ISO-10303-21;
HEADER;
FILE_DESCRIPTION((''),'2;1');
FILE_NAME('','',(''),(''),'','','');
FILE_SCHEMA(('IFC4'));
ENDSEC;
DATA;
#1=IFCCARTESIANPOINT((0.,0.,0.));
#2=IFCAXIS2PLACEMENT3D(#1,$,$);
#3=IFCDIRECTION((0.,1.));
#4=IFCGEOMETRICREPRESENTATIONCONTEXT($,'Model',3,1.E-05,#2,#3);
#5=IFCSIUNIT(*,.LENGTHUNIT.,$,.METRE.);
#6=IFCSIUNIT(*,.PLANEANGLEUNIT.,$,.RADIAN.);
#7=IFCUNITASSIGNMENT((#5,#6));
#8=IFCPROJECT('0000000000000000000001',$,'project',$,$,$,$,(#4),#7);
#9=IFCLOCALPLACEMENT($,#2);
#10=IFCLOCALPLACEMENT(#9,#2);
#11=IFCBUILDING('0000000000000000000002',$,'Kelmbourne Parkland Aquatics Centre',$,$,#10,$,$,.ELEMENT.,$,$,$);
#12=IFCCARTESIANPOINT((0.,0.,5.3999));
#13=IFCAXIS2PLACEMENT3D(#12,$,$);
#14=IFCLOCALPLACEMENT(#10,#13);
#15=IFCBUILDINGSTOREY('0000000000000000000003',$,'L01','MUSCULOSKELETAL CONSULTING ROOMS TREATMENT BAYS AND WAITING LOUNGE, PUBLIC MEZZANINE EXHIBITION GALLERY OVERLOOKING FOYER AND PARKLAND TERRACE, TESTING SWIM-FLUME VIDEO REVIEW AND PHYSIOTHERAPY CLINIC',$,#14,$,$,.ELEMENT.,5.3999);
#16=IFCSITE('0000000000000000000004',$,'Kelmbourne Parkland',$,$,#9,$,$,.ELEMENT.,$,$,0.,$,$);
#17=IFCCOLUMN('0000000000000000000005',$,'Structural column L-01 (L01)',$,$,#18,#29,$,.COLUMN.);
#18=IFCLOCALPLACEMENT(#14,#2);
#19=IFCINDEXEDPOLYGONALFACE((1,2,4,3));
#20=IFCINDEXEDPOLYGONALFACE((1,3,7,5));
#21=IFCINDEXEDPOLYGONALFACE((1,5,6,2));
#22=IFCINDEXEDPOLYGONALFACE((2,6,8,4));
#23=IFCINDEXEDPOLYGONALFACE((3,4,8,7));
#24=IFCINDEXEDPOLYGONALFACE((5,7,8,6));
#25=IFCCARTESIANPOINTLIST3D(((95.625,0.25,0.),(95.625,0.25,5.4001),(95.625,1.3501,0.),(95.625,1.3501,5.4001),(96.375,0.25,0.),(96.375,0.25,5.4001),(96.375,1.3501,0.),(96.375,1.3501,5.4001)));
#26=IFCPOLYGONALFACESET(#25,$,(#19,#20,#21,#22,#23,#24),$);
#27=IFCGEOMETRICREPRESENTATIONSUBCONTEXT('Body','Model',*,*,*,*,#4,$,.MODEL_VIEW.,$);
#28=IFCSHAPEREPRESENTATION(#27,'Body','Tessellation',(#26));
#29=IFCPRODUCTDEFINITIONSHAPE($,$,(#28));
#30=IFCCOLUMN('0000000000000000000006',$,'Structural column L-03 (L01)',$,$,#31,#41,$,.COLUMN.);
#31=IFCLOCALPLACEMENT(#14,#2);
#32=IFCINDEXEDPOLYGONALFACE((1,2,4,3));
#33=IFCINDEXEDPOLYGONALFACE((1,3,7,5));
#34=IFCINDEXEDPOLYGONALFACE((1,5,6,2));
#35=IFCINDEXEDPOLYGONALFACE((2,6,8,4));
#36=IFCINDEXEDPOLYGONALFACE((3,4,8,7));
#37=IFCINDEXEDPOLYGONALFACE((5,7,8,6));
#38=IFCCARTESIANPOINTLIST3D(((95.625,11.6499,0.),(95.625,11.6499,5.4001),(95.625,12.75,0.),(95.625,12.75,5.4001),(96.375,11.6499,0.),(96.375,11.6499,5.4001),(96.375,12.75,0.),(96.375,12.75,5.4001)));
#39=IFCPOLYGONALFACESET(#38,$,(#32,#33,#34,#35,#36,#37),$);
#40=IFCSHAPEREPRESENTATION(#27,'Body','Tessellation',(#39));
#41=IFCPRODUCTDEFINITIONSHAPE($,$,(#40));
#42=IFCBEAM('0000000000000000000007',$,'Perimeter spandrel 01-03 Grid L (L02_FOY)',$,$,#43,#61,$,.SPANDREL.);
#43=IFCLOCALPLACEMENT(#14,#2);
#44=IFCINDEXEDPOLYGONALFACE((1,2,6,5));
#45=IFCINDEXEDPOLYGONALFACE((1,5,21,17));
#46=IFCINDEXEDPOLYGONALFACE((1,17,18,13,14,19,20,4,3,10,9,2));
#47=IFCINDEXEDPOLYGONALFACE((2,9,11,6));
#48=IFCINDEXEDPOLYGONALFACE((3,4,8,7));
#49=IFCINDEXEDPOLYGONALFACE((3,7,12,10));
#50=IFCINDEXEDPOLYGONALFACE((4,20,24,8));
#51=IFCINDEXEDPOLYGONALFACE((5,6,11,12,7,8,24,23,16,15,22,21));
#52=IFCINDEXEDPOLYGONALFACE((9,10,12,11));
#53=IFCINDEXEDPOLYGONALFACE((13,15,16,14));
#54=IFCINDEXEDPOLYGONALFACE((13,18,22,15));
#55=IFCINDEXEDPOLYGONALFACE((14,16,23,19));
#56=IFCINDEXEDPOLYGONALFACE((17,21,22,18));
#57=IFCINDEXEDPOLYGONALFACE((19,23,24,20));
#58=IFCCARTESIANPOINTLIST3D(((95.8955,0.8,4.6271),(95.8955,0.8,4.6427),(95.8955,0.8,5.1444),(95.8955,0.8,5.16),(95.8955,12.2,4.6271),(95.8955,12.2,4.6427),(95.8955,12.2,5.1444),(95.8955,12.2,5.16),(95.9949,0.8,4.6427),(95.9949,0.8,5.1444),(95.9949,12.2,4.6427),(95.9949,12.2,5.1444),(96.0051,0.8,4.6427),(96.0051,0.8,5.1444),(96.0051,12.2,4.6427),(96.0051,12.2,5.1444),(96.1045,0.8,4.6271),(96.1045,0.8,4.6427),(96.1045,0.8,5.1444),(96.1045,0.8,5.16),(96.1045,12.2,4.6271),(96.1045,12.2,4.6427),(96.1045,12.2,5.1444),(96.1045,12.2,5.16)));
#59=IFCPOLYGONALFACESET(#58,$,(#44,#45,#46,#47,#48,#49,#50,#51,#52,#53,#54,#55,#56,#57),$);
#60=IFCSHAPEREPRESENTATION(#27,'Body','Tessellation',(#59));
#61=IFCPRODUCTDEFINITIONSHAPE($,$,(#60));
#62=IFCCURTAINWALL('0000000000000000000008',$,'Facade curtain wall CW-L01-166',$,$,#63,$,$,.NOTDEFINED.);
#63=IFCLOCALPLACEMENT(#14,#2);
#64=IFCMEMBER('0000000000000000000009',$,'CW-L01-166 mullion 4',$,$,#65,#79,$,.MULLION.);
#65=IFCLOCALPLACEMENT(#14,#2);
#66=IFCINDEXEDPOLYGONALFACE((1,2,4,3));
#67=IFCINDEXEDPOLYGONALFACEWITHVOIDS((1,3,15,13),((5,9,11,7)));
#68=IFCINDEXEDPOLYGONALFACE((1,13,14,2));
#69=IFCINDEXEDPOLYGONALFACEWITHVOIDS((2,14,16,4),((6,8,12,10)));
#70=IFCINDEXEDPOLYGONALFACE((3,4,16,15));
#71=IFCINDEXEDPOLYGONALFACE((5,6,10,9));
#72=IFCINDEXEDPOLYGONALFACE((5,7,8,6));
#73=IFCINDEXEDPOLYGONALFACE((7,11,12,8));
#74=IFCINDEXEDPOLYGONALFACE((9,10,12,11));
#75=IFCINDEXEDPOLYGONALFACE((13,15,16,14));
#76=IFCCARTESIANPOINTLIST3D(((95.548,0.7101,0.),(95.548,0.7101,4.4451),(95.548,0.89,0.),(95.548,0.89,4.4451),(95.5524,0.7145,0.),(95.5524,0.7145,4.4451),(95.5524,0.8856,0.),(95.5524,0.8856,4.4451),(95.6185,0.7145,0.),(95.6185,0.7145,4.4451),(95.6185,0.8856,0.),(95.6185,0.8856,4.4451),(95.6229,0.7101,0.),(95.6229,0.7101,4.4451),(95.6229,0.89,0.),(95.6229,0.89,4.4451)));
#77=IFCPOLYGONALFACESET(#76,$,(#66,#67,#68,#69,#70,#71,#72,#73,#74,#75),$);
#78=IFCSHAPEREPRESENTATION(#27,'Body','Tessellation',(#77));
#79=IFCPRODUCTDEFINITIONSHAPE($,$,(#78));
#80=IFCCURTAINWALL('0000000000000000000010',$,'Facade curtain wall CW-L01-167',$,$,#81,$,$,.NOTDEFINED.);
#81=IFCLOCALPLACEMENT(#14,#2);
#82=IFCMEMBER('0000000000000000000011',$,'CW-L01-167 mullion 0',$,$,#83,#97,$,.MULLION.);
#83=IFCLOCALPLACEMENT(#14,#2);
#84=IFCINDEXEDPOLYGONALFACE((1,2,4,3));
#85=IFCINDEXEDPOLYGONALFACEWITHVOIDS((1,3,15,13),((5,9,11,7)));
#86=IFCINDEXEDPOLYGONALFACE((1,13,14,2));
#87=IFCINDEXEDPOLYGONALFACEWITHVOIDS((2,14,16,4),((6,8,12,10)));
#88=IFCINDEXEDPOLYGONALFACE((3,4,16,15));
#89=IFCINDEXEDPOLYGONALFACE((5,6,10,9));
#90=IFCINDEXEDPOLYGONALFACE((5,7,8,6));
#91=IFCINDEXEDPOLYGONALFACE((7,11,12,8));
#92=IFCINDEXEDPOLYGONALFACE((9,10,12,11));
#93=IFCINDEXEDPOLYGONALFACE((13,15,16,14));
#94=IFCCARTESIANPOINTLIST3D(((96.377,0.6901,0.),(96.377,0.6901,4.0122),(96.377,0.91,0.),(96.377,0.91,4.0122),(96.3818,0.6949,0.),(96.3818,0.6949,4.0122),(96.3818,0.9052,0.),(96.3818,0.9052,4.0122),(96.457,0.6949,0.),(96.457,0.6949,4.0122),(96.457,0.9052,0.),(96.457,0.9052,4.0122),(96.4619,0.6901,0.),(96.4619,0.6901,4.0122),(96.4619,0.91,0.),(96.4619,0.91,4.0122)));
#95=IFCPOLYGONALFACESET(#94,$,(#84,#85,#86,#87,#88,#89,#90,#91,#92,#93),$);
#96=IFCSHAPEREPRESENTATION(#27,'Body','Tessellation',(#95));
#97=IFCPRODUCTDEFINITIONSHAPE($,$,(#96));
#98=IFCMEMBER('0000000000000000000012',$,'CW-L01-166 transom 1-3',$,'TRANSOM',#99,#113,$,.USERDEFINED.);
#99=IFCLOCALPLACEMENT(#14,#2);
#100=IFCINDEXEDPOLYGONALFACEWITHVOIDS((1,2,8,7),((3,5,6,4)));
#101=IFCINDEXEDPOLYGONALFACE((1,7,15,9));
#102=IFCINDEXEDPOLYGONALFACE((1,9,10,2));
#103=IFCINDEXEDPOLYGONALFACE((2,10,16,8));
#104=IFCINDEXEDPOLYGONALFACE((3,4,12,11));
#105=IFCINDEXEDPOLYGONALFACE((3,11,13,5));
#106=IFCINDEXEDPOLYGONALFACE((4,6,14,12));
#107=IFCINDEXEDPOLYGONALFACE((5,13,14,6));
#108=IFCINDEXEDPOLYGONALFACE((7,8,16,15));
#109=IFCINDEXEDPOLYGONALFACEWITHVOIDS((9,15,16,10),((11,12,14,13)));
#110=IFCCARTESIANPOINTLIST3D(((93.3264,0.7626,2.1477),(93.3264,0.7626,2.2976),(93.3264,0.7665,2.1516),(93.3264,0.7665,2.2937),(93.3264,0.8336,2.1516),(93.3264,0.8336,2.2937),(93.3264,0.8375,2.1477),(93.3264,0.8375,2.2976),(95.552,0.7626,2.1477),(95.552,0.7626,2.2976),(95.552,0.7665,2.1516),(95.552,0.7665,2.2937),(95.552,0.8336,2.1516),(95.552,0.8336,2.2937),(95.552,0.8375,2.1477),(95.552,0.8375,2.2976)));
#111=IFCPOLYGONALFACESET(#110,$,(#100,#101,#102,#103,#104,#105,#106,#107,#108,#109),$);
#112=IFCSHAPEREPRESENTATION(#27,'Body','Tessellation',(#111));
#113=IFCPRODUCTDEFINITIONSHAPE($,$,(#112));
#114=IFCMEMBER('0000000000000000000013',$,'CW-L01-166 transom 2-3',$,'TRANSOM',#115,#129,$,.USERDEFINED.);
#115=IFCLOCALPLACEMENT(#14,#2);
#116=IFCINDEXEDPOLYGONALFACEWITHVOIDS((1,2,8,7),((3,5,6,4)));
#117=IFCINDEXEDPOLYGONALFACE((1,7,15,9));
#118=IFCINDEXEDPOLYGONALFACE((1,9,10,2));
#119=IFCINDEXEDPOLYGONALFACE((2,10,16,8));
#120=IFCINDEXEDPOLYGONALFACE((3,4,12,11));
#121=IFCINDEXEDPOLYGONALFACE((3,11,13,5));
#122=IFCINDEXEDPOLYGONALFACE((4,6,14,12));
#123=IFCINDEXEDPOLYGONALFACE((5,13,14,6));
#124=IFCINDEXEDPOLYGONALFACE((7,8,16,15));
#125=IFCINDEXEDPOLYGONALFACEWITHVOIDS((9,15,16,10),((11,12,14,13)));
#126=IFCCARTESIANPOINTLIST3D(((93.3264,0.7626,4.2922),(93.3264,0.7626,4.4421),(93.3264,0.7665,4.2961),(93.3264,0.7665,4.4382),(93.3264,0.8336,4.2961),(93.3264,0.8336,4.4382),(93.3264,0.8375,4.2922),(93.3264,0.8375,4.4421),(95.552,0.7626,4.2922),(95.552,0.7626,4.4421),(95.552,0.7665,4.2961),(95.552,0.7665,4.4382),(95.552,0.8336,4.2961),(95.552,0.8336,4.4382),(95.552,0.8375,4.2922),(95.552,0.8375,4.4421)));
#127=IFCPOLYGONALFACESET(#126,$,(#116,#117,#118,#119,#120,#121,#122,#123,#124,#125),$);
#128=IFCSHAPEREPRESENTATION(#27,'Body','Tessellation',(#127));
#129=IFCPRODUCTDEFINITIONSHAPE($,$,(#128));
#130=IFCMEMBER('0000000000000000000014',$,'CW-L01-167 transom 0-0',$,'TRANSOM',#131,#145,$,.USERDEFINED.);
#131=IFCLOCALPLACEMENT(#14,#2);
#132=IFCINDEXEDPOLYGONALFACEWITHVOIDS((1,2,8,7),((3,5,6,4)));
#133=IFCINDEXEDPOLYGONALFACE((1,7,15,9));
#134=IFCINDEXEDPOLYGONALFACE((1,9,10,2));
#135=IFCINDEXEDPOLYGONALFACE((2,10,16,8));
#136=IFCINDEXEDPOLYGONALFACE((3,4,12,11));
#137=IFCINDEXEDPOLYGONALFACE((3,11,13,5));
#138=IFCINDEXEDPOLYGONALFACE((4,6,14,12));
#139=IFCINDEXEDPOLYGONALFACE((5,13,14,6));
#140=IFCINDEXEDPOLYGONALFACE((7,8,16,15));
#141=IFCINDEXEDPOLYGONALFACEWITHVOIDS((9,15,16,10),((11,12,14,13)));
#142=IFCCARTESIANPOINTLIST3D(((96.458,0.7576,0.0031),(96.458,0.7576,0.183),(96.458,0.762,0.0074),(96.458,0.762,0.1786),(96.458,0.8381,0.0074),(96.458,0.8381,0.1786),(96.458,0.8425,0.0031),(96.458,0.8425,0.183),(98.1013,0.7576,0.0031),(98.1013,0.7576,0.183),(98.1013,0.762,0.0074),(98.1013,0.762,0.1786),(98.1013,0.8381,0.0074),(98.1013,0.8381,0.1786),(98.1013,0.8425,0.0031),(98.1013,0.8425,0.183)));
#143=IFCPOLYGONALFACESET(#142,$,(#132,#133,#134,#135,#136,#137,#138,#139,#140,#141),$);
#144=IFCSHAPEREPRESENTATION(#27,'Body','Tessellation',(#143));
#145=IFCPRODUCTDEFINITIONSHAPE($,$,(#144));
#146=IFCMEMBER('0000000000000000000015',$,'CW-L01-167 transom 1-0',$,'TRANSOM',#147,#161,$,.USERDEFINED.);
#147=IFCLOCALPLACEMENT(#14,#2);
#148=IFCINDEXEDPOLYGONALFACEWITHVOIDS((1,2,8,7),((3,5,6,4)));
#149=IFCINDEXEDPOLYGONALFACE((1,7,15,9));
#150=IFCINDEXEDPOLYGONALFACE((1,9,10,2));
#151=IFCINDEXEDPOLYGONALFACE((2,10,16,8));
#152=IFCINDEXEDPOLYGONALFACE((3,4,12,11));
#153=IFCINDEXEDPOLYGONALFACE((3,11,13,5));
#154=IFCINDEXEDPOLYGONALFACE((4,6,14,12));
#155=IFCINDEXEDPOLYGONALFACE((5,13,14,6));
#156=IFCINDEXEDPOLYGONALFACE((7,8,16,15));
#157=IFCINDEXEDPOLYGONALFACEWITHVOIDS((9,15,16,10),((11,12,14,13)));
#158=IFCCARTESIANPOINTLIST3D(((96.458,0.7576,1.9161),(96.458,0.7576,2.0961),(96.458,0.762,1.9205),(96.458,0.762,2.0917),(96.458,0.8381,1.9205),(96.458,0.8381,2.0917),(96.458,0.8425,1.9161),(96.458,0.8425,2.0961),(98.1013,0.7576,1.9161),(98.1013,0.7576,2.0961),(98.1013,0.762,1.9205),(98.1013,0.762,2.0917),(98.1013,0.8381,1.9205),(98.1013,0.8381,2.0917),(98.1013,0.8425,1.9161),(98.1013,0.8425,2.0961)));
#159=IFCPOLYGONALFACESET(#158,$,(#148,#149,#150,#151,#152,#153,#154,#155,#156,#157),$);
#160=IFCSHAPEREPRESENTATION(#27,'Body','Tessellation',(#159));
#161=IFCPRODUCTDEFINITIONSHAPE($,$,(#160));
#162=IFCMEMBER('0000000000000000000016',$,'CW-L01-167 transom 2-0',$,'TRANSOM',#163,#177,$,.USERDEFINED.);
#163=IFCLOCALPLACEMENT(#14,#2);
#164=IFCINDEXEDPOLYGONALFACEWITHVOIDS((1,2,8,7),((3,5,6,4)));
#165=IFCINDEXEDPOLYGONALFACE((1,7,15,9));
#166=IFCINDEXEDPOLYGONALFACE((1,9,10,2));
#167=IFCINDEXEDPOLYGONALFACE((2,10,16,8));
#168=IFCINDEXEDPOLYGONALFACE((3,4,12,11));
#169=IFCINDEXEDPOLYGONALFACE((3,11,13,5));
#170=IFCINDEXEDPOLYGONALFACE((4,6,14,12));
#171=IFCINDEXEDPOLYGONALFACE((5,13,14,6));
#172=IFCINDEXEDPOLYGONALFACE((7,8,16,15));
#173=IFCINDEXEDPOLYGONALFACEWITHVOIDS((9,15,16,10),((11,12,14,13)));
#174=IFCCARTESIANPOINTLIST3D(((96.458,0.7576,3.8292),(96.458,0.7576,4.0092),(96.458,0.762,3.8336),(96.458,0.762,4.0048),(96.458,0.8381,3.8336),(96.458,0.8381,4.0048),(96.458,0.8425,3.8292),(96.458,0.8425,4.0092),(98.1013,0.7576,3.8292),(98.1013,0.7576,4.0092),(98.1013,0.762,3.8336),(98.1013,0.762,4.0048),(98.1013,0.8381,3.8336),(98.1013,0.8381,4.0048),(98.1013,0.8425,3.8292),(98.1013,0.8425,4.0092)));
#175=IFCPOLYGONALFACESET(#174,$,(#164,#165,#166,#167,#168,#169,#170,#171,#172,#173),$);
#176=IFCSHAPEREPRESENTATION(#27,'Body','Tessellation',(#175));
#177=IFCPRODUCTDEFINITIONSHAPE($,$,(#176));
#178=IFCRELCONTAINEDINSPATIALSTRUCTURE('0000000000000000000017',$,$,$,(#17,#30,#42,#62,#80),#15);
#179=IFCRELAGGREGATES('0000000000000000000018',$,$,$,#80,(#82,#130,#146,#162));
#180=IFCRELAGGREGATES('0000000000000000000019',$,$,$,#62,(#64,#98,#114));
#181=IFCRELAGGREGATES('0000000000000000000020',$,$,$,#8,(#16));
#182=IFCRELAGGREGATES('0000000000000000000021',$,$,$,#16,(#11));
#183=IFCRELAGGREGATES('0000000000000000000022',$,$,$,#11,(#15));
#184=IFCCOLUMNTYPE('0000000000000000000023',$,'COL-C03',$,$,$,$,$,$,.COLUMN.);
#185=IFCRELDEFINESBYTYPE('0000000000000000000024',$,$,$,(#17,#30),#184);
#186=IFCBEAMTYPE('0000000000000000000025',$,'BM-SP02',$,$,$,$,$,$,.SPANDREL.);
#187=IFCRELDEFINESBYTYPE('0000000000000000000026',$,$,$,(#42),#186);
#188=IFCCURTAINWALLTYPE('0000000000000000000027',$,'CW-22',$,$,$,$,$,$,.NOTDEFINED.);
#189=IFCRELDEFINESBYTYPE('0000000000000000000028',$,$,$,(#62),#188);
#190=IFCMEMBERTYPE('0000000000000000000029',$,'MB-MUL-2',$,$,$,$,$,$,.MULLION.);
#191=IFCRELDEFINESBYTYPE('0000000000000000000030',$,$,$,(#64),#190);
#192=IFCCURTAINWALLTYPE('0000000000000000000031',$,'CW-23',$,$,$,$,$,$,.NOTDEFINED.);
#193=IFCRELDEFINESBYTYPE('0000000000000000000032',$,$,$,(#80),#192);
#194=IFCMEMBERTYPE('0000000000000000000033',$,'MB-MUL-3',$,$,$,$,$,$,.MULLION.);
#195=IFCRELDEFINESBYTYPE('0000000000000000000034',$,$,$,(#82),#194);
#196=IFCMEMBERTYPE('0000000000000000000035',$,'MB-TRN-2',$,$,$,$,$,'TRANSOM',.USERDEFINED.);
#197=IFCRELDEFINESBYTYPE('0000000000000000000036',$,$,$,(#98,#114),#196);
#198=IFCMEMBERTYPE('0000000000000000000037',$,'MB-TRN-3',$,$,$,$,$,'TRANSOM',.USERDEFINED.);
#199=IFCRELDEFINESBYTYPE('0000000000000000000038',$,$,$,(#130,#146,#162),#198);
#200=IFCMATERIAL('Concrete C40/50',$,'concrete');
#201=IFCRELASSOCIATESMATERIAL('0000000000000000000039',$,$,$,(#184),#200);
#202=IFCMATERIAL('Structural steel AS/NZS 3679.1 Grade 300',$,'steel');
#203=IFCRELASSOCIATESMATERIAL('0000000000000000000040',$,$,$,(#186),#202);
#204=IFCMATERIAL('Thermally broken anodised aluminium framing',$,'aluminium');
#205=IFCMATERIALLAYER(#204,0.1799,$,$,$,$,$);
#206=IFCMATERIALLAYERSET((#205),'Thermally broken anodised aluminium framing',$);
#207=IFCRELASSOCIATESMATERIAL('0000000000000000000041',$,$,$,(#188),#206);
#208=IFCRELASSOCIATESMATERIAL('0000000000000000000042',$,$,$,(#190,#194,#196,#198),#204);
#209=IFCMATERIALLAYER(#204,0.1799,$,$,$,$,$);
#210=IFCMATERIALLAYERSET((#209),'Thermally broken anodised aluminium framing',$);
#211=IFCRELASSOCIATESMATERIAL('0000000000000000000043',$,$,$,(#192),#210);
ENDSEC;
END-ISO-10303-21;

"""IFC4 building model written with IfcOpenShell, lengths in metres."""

from ifc_helpers import new_model, si_unit, direction, frame, origin, origin_2d, place, context, subcontext, project, spatial, rectangle, hollow_rectangle, i_section, extrude, material, layer, layer_set, material_profile, profile_set, type_object, element, aggregate, save


model = new_model("IFC4")

# Units and contexts
model_context = context("Model", 3, precision=1e-05, world=origin(), true_north=direction((0.0, 1.0)))
body_context = subcontext(model_context, "Body", "Model", "MODEL_VIEW")
ifc_project = project(units=[si_unit("LENGTHUNIT", "METRE"), si_unit("PLANEANGLEUNIT", "RADIAN")], contexts=[model_context])

# Site, building, storey
site_placement = place(None, origin())
site = spatial("IfcSite", under=ifc_project, at=site_placement, Name="Kelmbourne Parkland", CompositionType="ELEMENT", RefElevation=0.0)
building_placement = place(site_placement, origin())
building = spatial("IfcBuilding", under=site, at=building_placement, Name="Kelmbourne Parkland Aquatics Centre", CompositionType="ELEMENT")
storey_placement = place(building_placement, frame((0.0, 0.0, 5.3999)))
storey = spatial("IfcBuildingStorey", under=building, at=storey_placement, Name="L01", Description="MUSCULOSKELETAL CONSULTING ROOMS TREATMENT BAYS AND WAITING LOUNGE, PUBLIC MEZZANINE EXHIBITION GALLERY OVERLOOKING FOYER AND PARKLAND TERRACE, TESTING SWIM-FLUME VIDEO REVIEW AND PHYSIOTHERAPY CLINIC", CompositionType="ELEMENT", Elevation=5.3999)

# Columns
ifc_material_1 = material(Name="Concrete C40/50", Category="concrete")
ifc_material_profile_1 = material_profile(ifc_material_1, rectangle(XDim=0.75, YDim=1.1001, at=origin_2d()), Name="RC 750x1100")
ifc_profile_set_1 = profile_set([ifc_material_profile_1], Name="Concrete C40/50")
column_type = type_object("IfcColumnType", Name="COL-C03", PredefinedType="COLUMN", material=ifc_profile_set_1)
for number, where, z_axis, x_axis, name in (
    (1, (96.0, 0.8, 0.0), (0.0, 0.0, 1.0), (1.0, 0.0, 0.0), "Structural column L-01 (L01)"),
    (2, (96.0, 12.2, 0.0), (0.0, 0.0, 1.0), (1.0, 0.0, 0.0), "Structural column L-03 (L01)"),
):
    element("IfcColumn", number, at=place(storey_placement, frame(where, z_axis=z_axis, x_axis=x_axis)), inside=storey, type_object=column_type, Name=name, PredefinedType="COLUMN", context=body_context, shape_type="SweptSolid", body=[
        extrude(rectangle(XDim=0.75, YDim=1.1001, at=origin_2d()), origin(), (0.0, 0.0, 1.0), 5.4001),
    ])

# Beam
ifc_material_2 = material(Name="Structural steel AS/NZS 3679.1 Grade 300", Category="steel")
ifc_material_profile_2 = material_profile(ifc_material_2, i_section(OverallWidth=0.209, OverallDepth=0.533, WebThickness=0.0103, FlangeThickness=0.0156, at=origin_2d()), Name="530UB92.4")
ifc_profile_set_2 = profile_set([ifc_material_profile_2], Name="Structural steel AS/NZS 3679.1 Grade 300")
beam_type = type_object("IfcBeamType", Name="BM-SP02", PredefinedType="SPANDREL", material=ifc_profile_set_2)
beam_placement = place(storey_placement, frame((96.0, 0.8, 4.8936), z_axis=(0.0, 1.0, 0.0), x_axis=(-1.0, 0.0, 0.0)))
element("IfcBeam", 3, at=beam_placement, inside=storey, type_object=beam_type, Name="Perimeter spandrel 01-03 Grid L (L02_FOY)", PredefinedType="SPANDREL", context=body_context, shape_type="SweptSolid", body=[
    extrude(i_section(OverallWidth=0.209, OverallDepth=0.533, WebThickness=0.0103, FlangeThickness=0.0156, at=origin_2d()), origin(), (0.0, 0.0, 1.0), 11.3999),
])

# Curtain walls, members
ifc_material_3 = material(Name="Thermally broken anodised aluminium framing", Category="aluminium")
ifc_layer_1 = layer(ifc_material_3, 0.1799)
ifc_layer_set_1 = layer_set([ifc_layer_1], Name="Thermally broken anodised aluminium framing")
curtain_wall_type_1 = type_object("IfcCurtainWallType", Name="CW-22", PredefinedType="NOTDEFINED", material=ifc_layer_set_1)
curtain_wall_1_placement = place(storey_placement, origin())
curtain_wall_1 = element("IfcCurtainWall", 4, at=curtain_wall_1_placement, inside=storey, type_object=curtain_wall_type_1, Name="Facade curtain wall CW-L01-166", PredefinedType="NOTDEFINED")
ifc_material_profile_3 = material_profile(ifc_material_3, hollow_rectangle(XDim=0.075, YDim=0.1799, WallThickness=0.0044, at=origin_2d()), Name="CW-M 75x180")
ifc_profile_set_3 = profile_set([ifc_material_profile_3], Name="Thermally broken anodised aluminium framing")
member_type_1 = type_object("IfcMemberType", Name="MB-MUL-2", PredefinedType="MULLION", material=ifc_profile_set_3)
member_1_placement = place(storey_placement, frame((95.5854, 0.8, 0.0), z_axis=(0.0, 0.0, 1.0), x_axis=(1.0, 0.0, 0.0)))
member_1 = element("IfcMember", 5, at=member_1_placement, type_object=member_type_1, Name="CW-L01-166 mullion 4", PredefinedType="MULLION", context=body_context, shape_type="SweptSolid", body=[
    extrude(hollow_rectangle(XDim=0.075, YDim=0.1799, WallThickness=0.0044, at=origin_2d()), origin(), (0.0, 0.0, 1.0), 4.4451),
])
ifc_layer_2 = layer(ifc_material_3, 0.1799)
ifc_layer_set_2 = layer_set([ifc_layer_2], Name="Thermally broken anodised aluminium framing")
curtain_wall_type_2 = type_object("IfcCurtainWallType", Name="CW-23", PredefinedType="NOTDEFINED", material=ifc_layer_set_2)
curtain_wall_2_placement = place(storey_placement, origin())
curtain_wall_2 = element("IfcCurtainWall", 6, at=curtain_wall_2_placement, inside=storey, type_object=curtain_wall_type_2, Name="Facade curtain wall CW-L01-167", PredefinedType="NOTDEFINED")
ifc_material_profile_4 = material_profile(ifc_material_3, hollow_rectangle(XDim=0.085, YDim=0.22, WallThickness=0.0049, at=origin_2d()), Name="CW-M 85x220")
ifc_profile_set_4 = profile_set([ifc_material_profile_4], Name="Thermally broken anodised aluminium framing")
member_type_2 = type_object("IfcMemberType", Name="MB-MUL-3", PredefinedType="MULLION", material=ifc_profile_set_4)
member_2_placement = place(storey_placement, frame((96.4194, 0.8, 0.0), z_axis=(0.0, 0.0, 1.0), x_axis=(1.0, 0.0, 0.0)))
member_2 = element("IfcMember", 7, at=member_2_placement, type_object=member_type_2, Name="CW-L01-167 mullion 0", PredefinedType="MULLION", context=body_context, shape_type="SweptSolid", body=[
    extrude(hollow_rectangle(XDim=0.085, YDim=0.22, WallThickness=0.0049, at=origin_2d()), origin(), (0.0, 0.0, 1.0), 4.0122),
])

# Members
ifc_material_profile_5 = material_profile(ifc_material_3, hollow_rectangle(XDim=0.075, YDim=0.1499, WallThickness=0.0039, at=origin_2d()), Name="CW-T 75x150")
ifc_profile_set_5 = profile_set([ifc_material_profile_5], Name="Thermally broken anodised aluminium framing")
member_type_3 = type_object("IfcMemberType", Name="MB-TRN-2", ElementType="TRANSOM", PredefinedType="USERDEFINED", material=ifc_profile_set_5)
member_3_placement = place(storey_placement, frame((93.3264, 0.8, 2.2227), z_axis=(1.0, 0.0, 0.0), x_axis=(0.0, 1.0, 0.0)))
member_3 = element("IfcMember", 8, at=member_3_placement, type_object=member_type_3, Name="CW-L01-166 transom 1-3", ObjectType="TRANSOM", PredefinedType="USERDEFINED", context=body_context, shape_type="SweptSolid", body=[
    extrude(hollow_rectangle(XDim=0.075, YDim=0.1499, WallThickness=0.0039, at=origin_2d()), origin(), (0.0, 0.0, 1.0), 2.2256),
])
member_4_placement = place(storey_placement, frame((93.3264, 0.8, 4.3672), z_axis=(1.0, 0.0, 0.0), x_axis=(0.0, 1.0, 0.0)))
member_4 = element("IfcMember", 9, at=member_4_placement, type_object=member_type_3, Name="CW-L01-166 transom 2-3", ObjectType="TRANSOM", PredefinedType="USERDEFINED", context=body_context, shape_type="SweptSolid", body=[
    extrude(hollow_rectangle(XDim=0.075, YDim=0.1499, WallThickness=0.0039, at=origin_2d()), origin(), (0.0, 0.0, 1.0), 2.2256),
])
ifc_material_profile_6 = material_profile(ifc_material_3, hollow_rectangle(XDim=0.085, YDim=0.1799, WallThickness=0.0044, at=origin_2d()), Name="CW-T 85x180")
ifc_profile_set_6 = profile_set([ifc_material_profile_6], Name="Thermally broken anodised aluminium framing")
member_type_4 = type_object("IfcMemberType", Name="MB-TRN-3", ElementType="TRANSOM", PredefinedType="USERDEFINED", material=ifc_profile_set_6)
member_5_placement = place(storey_placement, frame((96.458, 0.8, 0.093), z_axis=(1.0, 0.0, 0.0), x_axis=(0.0, 1.0, 0.0)))
member_5 = element("IfcMember", 10, at=member_5_placement, type_object=member_type_4, Name="CW-L01-167 transom 0-0", ObjectType="TRANSOM", PredefinedType="USERDEFINED", context=body_context, shape_type="SweptSolid", body=[
    extrude(hollow_rectangle(XDim=0.085, YDim=0.1799, WallThickness=0.0044, at=origin_2d()), origin(), (0.0, 0.0, 1.0), 1.6433),
])
member_6_placement = place(storey_placement, frame((96.458, 0.8, 2.0061), z_axis=(1.0, 0.0, 0.0), x_axis=(0.0, 1.0, 0.0)))
member_6 = element("IfcMember", 11, at=member_6_placement, type_object=member_type_4, Name="CW-L01-167 transom 1-0", ObjectType="TRANSOM", PredefinedType="USERDEFINED", context=body_context, shape_type="SweptSolid", body=[
    extrude(hollow_rectangle(XDim=0.085, YDim=0.1799, WallThickness=0.0044, at=origin_2d()), origin(), (0.0, 0.0, 1.0), 1.6433),
])
member_7_placement = place(storey_placement, frame((96.458, 0.8, 3.9192), z_axis=(1.0, 0.0, 0.0), x_axis=(0.0, 1.0, 0.0)))
member_7 = element("IfcMember", 12, at=member_7_placement, type_object=member_type_4, Name="CW-L01-167 transom 2-0", ObjectType="TRANSOM", PredefinedType="USERDEFINED", context=body_context, shape_type="SweptSolid", body=[
    extrude(hollow_rectangle(XDim=0.085, YDim=0.1799, WallThickness=0.0044, at=origin_2d()), origin(), (0.0, 0.0, 1.0), 1.6433),
])
aggregate(curtain_wall_2, [member_2, member_5, member_6, member_7])

aggregate(curtain_wall_1, [member_1, member_3, member_4])

save(model, "model.ifc")
